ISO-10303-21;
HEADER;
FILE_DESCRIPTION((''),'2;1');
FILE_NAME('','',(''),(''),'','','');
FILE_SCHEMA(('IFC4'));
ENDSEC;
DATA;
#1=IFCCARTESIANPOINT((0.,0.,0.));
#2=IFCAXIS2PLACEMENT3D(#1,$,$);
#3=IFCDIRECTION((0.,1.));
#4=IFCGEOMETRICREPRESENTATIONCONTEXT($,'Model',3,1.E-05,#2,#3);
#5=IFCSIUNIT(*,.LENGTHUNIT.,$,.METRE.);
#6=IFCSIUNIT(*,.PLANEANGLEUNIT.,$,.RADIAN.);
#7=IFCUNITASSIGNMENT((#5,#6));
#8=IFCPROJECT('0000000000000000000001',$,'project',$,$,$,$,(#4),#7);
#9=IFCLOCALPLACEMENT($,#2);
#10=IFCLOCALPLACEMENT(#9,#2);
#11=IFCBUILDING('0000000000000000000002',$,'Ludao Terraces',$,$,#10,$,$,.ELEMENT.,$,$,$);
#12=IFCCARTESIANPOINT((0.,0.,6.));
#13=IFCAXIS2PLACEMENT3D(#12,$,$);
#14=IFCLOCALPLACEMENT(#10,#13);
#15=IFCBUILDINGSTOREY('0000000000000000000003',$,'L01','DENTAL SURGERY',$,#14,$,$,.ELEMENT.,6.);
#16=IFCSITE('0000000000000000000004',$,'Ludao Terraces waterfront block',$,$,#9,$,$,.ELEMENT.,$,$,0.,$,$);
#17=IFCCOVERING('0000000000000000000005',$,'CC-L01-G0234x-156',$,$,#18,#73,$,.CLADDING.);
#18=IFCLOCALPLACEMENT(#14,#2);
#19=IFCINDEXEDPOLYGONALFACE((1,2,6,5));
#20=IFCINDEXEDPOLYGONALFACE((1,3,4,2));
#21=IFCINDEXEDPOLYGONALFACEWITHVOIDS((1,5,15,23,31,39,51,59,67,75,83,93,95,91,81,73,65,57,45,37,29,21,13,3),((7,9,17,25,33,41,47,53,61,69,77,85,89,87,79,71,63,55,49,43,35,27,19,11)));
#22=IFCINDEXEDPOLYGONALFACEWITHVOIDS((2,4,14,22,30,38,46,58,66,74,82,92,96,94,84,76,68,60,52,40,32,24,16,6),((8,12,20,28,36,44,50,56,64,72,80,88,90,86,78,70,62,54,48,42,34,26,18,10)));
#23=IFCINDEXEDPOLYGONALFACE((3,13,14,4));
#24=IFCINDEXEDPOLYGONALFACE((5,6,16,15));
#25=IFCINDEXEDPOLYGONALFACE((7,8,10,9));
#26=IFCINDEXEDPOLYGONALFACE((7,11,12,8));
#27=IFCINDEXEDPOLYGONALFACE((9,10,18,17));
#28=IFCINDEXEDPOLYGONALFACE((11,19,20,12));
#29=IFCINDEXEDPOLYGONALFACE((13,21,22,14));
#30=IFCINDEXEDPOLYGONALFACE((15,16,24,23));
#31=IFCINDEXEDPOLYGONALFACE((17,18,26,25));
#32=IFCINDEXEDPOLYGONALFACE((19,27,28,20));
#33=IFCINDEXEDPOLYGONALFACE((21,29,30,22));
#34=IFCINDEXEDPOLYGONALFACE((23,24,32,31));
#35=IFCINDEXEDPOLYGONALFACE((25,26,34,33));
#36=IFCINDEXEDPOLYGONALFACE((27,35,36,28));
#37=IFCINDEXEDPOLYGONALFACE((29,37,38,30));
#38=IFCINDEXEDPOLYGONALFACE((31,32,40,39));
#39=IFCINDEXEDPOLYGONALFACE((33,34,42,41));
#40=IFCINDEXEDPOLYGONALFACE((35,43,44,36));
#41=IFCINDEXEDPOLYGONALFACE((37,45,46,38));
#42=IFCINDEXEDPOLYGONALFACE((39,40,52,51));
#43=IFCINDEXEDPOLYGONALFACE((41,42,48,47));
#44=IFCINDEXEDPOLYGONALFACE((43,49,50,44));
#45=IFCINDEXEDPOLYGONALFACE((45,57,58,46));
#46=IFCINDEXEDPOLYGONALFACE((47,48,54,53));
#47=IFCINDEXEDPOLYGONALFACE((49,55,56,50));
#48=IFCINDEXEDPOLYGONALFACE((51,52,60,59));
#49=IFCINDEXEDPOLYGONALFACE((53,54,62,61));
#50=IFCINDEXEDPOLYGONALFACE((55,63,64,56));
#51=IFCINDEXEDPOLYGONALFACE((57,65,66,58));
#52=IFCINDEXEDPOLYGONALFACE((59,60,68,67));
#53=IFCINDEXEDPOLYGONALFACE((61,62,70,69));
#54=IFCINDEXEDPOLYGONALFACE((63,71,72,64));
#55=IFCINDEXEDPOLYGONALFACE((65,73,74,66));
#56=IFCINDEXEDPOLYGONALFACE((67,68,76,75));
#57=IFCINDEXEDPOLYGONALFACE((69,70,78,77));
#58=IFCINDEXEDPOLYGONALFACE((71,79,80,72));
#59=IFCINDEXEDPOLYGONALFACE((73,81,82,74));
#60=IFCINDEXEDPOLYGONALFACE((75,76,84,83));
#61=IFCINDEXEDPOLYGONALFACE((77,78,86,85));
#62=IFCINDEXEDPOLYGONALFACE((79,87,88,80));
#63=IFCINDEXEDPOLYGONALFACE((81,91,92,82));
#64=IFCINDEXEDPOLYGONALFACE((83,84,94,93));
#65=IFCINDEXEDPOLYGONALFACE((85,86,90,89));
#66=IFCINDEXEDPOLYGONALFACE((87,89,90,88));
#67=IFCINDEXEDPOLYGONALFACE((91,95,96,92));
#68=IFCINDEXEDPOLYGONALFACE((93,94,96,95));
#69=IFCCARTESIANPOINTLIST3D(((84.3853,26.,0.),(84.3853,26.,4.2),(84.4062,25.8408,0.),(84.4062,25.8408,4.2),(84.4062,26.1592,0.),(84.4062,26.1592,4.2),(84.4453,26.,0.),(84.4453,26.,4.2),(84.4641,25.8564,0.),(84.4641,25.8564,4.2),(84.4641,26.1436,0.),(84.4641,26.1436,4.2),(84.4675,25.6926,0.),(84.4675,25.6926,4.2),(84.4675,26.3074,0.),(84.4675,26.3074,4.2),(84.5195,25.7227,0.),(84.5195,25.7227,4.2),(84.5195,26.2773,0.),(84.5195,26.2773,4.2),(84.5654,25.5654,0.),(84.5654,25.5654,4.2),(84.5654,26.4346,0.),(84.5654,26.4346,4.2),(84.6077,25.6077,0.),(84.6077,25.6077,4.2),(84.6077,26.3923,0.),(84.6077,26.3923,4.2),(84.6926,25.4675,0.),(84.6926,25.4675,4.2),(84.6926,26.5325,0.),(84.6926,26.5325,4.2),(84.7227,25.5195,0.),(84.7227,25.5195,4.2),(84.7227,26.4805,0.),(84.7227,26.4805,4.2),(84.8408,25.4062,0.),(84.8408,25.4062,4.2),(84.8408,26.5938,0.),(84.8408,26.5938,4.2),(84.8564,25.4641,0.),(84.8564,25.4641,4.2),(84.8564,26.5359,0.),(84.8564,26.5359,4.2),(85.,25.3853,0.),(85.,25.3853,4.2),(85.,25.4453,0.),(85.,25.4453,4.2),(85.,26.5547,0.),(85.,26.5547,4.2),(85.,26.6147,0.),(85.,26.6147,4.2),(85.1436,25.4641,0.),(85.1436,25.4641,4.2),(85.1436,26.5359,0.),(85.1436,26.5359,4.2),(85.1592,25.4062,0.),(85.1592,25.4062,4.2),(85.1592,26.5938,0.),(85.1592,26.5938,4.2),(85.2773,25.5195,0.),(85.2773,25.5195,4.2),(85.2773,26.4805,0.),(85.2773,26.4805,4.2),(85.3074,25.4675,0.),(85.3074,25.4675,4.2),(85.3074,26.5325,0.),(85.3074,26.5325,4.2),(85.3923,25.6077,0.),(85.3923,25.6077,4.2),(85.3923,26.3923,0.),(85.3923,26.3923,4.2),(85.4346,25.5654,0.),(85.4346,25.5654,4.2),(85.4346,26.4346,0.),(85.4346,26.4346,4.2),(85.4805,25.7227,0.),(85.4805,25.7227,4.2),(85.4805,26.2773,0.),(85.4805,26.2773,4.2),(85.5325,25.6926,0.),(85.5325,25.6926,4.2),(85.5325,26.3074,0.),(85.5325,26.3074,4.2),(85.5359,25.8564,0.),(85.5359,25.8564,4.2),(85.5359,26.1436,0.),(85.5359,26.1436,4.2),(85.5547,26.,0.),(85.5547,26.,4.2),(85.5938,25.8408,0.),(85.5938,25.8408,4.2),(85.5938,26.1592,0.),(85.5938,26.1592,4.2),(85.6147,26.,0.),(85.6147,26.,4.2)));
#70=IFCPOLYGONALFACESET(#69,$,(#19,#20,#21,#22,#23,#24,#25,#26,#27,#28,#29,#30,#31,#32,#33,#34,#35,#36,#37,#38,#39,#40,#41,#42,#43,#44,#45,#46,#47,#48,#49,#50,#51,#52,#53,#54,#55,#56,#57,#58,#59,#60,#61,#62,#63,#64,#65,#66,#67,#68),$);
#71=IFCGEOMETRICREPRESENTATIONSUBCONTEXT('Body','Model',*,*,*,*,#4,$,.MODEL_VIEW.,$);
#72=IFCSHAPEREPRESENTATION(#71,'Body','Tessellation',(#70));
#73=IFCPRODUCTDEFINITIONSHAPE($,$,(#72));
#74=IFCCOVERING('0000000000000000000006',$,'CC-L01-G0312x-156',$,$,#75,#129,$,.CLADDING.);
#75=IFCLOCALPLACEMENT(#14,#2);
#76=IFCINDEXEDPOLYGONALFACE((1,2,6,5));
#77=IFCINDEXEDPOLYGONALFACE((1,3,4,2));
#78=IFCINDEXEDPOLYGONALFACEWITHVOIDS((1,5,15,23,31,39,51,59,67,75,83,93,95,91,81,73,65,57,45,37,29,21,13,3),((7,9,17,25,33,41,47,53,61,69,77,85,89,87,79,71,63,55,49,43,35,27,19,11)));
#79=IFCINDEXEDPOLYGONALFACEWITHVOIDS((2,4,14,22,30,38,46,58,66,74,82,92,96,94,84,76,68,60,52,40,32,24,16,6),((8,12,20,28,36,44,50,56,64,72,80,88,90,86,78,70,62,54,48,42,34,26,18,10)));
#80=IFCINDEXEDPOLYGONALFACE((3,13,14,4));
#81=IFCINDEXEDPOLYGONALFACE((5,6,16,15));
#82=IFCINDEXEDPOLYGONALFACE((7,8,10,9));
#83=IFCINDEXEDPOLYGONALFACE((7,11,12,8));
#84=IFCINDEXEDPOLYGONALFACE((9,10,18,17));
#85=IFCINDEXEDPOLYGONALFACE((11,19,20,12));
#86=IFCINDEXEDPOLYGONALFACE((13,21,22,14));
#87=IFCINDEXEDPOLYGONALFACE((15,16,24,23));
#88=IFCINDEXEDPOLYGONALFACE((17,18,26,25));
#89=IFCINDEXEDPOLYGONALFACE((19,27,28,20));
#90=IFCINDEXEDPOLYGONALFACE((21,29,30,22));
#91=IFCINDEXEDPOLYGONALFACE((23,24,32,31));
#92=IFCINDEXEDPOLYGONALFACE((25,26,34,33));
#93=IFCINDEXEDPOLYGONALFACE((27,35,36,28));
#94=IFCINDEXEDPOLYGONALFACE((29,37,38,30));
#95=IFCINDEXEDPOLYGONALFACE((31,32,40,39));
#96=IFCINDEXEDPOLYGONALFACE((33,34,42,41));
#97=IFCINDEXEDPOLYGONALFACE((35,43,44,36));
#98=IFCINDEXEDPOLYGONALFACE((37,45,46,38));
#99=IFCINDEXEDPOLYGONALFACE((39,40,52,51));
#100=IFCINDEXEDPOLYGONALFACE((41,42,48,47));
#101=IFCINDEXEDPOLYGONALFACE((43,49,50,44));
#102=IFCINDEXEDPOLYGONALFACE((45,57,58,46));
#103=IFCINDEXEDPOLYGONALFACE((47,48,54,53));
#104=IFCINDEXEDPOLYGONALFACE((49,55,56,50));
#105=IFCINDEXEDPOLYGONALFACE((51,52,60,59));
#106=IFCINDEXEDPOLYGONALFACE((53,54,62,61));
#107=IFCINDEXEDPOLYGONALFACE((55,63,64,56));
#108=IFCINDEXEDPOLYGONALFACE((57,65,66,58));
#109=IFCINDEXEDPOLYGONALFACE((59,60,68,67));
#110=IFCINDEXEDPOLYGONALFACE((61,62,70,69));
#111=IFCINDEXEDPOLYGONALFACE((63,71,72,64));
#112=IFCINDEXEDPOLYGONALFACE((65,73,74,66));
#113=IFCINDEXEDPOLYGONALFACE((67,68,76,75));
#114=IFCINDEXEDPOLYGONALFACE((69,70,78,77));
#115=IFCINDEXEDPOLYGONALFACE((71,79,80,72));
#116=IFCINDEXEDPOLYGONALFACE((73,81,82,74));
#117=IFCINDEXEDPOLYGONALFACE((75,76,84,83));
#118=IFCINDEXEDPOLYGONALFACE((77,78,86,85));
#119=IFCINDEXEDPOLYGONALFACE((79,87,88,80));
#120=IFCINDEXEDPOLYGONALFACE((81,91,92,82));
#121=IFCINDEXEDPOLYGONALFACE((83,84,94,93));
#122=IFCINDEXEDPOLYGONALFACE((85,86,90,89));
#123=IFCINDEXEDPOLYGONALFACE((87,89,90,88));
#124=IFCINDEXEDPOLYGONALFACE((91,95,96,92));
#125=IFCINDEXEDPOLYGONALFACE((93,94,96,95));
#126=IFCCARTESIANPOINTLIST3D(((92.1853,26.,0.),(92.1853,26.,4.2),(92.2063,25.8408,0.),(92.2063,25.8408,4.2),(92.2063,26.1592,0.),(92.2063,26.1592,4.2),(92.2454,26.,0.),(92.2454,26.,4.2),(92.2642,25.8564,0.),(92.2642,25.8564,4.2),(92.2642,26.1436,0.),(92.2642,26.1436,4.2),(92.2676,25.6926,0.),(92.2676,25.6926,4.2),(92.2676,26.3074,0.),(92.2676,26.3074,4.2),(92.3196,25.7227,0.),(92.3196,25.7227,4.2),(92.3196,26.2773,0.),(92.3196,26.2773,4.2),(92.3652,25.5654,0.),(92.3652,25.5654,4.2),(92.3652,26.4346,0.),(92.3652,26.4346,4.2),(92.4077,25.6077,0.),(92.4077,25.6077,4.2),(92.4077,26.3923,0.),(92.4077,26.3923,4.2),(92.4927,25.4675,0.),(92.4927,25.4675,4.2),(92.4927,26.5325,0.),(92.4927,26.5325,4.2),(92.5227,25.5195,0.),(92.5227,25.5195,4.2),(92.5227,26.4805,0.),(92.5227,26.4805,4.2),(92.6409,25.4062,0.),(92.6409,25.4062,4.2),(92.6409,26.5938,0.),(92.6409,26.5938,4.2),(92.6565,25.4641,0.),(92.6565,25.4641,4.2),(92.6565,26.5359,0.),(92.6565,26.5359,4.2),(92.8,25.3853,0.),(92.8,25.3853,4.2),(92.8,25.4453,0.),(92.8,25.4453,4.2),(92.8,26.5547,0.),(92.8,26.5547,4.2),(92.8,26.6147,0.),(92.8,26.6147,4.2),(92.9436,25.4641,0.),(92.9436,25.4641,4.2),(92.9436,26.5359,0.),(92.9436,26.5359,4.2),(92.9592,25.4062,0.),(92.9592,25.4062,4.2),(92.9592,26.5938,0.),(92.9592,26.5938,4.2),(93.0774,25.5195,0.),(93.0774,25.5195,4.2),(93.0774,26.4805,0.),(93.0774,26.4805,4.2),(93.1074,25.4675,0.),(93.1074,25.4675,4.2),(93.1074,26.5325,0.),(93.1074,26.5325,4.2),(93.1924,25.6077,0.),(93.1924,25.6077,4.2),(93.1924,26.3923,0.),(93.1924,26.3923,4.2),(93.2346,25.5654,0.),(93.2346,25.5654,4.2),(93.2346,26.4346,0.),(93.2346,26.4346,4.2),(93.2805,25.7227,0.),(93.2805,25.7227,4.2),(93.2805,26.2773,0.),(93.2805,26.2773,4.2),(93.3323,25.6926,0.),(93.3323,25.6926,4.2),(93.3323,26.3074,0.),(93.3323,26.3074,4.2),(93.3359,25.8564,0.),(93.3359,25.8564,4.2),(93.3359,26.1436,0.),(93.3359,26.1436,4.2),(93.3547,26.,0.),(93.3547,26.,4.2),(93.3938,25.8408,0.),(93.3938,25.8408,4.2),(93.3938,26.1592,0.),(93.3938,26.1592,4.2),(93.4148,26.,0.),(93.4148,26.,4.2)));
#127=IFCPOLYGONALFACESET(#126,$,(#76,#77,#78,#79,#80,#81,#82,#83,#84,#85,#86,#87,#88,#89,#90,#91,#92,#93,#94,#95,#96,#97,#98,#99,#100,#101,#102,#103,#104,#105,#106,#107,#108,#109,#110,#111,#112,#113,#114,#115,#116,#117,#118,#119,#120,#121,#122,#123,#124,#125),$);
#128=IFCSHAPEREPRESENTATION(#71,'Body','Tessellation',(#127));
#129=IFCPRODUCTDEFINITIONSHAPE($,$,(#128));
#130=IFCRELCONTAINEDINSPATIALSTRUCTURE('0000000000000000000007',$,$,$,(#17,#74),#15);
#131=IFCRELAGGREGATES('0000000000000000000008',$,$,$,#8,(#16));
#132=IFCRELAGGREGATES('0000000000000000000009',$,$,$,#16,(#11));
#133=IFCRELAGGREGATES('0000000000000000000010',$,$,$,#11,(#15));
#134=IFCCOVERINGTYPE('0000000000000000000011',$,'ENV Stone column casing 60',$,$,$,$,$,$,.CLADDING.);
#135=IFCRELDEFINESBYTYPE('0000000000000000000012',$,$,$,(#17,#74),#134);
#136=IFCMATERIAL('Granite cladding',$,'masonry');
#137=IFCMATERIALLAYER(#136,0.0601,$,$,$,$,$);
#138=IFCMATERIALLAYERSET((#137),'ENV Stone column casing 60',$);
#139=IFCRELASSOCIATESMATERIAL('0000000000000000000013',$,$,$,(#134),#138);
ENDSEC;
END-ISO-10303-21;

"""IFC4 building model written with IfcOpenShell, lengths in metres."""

from ifc_helpers import new_model, si_unit, direction, frame, origin, place, context, subcontext, project, spatial, polyline, outline, extrude, material, layer, layer_set, type_object, element, save


model = new_model("IFC4")

# Units and contexts
model_context = context("Model", 3, precision=1e-05, world=origin(), true_north=direction((0.0, 1.0)))
body_context = subcontext(model_context, "Body", "Model", "MODEL_VIEW")
ifc_project = project(units=[si_unit("LENGTHUNIT", "METRE"), si_unit("PLANEANGLEUNIT", "RADIAN")], contexts=[model_context])

# Site, building, storey
site_placement = place(None, origin())
site = spatial("IfcSite", under=ifc_project, at=site_placement, Name="Ludao Terraces waterfront block", CompositionType="ELEMENT", RefElevation=0.0)
building_placement = place(site_placement, origin())
building = spatial("IfcBuilding", under=site, at=building_placement, Name="Ludao Terraces", CompositionType="ELEMENT")
storey_placement = place(building_placement, frame((0.0, 0.0, 6.0)))
storey = spatial("IfcBuildingStorey", under=building, at=storey_placement, Name="L01", Description="DENTAL SURGERY", CompositionType="ELEMENT", Elevation=6.0)

# Coverings
ifc_material_1 = material(Name="Granite cladding", Category="masonry")
ifc_layer_1 = layer(ifc_material_1, 0.0601)
ifc_layer_set_1 = layer_set([ifc_layer_1], Name="ENV Stone column casing 60")
covering_type = type_object("IfcCoveringType", Name="ENV Stone column casing 60", PredefinedType="CLADDING", material=ifc_layer_set_1)
covering_1_placement = place(storey_placement, origin())
element("IfcCovering", 1, at=covering_1_placement, inside=storey, type_object=covering_type, Name="CC-L01-G0234x-156", PredefinedType="CLADDING", context=body_context, shape_type="SweptSolid", body=[
    extrude(outline(polyline([(85.6147, 26.0), (85.5938, 26.1592), (85.5325, 26.3074), (85.4346, 26.4346), (85.3074, 26.5325), (85.1592, 26.5938), (85.0, 26.6147), (84.8408, 26.5938), (84.6926, 26.5325), (84.5654, 26.4346), (84.4675, 26.3074), (84.4062, 26.1592), (84.3853, 26.0), (84.4062, 25.8408), (84.4675, 25.6926), (84.5654, 25.5654), (84.6926, 25.4675), (84.8408, 25.4062), (85.0, 25.3853), (85.1592, 25.4062), (85.3074, 25.4675), (85.4346, 25.5654), (85.5325, 25.6926), (85.5938, 25.8408), (85.6147, 26.0)]), holes=[polyline([(85.5359, 25.8564), (85.4805, 25.7227), (85.3923, 25.6077), (85.2773, 25.5195), (85.1436, 25.4641), (85.0, 25.4453), (84.8564, 25.4641), (84.7227, 25.5195), (84.6077, 25.6077), (84.5195, 25.7227), (84.4641, 25.8564), (84.4453, 26.0), (84.4641, 26.1436), (84.5195, 26.2773), (84.6077, 26.3923), (84.7227, 26.4805), (84.8564, 26.5359), (85.0, 26.5547), (85.1436, 26.5359), (85.2773, 26.4805), (85.3923, 26.3923), (85.4805, 26.2773), (85.5359, 26.1436), (85.5547, 26.0), (85.5359, 25.8564)])]), origin(), (0.0, 0.0, 1.0), 4.2),
])
covering_2_placement = place(storey_placement, origin())
element("IfcCovering", 2, at=covering_2_placement, inside=storey, type_object=covering_type, Name="CC-L01-G0312x-156", PredefinedType="CLADDING", context=body_context, shape_type="SweptSolid", body=[
    extrude(outline(polyline([(93.4148, 26.0), (93.3938, 26.1592), (93.3323, 26.3074), (93.2346, 26.4346), (93.1074, 26.5325), (92.9592, 26.5938), (92.8, 26.6147), (92.6409, 26.5938), (92.4927, 26.5325), (92.3652, 26.4346), (92.2676, 26.3074), (92.2063, 26.1592), (92.1853, 26.0), (92.2063, 25.8408), (92.2676, 25.6926), (92.3652, 25.5654), (92.4927, 25.4675), (92.6409, 25.4062), (92.8, 25.3853), (92.9592, 25.4062), (93.1074, 25.4675), (93.2346, 25.5654), (93.3323, 25.6926), (93.3938, 25.8408), (93.4148, 26.0)]), holes=[polyline([(93.3359, 25.8564), (93.2805, 25.7227), (93.1924, 25.6077), (93.0774, 25.5195), (92.9436, 25.4641), (92.8, 25.4453), (92.6565, 25.4641), (92.5227, 25.5195), (92.4077, 25.6077), (92.3196, 25.7227), (92.2642, 25.8564), (92.2454, 26.0), (92.2642, 26.1436), (92.3196, 26.2773), (92.4077, 26.3923), (92.5227, 26.4805), (92.6565, 26.5359), (92.8, 26.5547), (92.9436, 26.5359), (93.0774, 26.4805), (93.1924, 26.3923), (93.2805, 26.2773), (93.3359, 26.1436), (93.3547, 26.0), (93.3359, 25.8564)])]), origin(), (0.0, 0.0, 1.0), 4.2),
])

save(model, "model.ifc")
